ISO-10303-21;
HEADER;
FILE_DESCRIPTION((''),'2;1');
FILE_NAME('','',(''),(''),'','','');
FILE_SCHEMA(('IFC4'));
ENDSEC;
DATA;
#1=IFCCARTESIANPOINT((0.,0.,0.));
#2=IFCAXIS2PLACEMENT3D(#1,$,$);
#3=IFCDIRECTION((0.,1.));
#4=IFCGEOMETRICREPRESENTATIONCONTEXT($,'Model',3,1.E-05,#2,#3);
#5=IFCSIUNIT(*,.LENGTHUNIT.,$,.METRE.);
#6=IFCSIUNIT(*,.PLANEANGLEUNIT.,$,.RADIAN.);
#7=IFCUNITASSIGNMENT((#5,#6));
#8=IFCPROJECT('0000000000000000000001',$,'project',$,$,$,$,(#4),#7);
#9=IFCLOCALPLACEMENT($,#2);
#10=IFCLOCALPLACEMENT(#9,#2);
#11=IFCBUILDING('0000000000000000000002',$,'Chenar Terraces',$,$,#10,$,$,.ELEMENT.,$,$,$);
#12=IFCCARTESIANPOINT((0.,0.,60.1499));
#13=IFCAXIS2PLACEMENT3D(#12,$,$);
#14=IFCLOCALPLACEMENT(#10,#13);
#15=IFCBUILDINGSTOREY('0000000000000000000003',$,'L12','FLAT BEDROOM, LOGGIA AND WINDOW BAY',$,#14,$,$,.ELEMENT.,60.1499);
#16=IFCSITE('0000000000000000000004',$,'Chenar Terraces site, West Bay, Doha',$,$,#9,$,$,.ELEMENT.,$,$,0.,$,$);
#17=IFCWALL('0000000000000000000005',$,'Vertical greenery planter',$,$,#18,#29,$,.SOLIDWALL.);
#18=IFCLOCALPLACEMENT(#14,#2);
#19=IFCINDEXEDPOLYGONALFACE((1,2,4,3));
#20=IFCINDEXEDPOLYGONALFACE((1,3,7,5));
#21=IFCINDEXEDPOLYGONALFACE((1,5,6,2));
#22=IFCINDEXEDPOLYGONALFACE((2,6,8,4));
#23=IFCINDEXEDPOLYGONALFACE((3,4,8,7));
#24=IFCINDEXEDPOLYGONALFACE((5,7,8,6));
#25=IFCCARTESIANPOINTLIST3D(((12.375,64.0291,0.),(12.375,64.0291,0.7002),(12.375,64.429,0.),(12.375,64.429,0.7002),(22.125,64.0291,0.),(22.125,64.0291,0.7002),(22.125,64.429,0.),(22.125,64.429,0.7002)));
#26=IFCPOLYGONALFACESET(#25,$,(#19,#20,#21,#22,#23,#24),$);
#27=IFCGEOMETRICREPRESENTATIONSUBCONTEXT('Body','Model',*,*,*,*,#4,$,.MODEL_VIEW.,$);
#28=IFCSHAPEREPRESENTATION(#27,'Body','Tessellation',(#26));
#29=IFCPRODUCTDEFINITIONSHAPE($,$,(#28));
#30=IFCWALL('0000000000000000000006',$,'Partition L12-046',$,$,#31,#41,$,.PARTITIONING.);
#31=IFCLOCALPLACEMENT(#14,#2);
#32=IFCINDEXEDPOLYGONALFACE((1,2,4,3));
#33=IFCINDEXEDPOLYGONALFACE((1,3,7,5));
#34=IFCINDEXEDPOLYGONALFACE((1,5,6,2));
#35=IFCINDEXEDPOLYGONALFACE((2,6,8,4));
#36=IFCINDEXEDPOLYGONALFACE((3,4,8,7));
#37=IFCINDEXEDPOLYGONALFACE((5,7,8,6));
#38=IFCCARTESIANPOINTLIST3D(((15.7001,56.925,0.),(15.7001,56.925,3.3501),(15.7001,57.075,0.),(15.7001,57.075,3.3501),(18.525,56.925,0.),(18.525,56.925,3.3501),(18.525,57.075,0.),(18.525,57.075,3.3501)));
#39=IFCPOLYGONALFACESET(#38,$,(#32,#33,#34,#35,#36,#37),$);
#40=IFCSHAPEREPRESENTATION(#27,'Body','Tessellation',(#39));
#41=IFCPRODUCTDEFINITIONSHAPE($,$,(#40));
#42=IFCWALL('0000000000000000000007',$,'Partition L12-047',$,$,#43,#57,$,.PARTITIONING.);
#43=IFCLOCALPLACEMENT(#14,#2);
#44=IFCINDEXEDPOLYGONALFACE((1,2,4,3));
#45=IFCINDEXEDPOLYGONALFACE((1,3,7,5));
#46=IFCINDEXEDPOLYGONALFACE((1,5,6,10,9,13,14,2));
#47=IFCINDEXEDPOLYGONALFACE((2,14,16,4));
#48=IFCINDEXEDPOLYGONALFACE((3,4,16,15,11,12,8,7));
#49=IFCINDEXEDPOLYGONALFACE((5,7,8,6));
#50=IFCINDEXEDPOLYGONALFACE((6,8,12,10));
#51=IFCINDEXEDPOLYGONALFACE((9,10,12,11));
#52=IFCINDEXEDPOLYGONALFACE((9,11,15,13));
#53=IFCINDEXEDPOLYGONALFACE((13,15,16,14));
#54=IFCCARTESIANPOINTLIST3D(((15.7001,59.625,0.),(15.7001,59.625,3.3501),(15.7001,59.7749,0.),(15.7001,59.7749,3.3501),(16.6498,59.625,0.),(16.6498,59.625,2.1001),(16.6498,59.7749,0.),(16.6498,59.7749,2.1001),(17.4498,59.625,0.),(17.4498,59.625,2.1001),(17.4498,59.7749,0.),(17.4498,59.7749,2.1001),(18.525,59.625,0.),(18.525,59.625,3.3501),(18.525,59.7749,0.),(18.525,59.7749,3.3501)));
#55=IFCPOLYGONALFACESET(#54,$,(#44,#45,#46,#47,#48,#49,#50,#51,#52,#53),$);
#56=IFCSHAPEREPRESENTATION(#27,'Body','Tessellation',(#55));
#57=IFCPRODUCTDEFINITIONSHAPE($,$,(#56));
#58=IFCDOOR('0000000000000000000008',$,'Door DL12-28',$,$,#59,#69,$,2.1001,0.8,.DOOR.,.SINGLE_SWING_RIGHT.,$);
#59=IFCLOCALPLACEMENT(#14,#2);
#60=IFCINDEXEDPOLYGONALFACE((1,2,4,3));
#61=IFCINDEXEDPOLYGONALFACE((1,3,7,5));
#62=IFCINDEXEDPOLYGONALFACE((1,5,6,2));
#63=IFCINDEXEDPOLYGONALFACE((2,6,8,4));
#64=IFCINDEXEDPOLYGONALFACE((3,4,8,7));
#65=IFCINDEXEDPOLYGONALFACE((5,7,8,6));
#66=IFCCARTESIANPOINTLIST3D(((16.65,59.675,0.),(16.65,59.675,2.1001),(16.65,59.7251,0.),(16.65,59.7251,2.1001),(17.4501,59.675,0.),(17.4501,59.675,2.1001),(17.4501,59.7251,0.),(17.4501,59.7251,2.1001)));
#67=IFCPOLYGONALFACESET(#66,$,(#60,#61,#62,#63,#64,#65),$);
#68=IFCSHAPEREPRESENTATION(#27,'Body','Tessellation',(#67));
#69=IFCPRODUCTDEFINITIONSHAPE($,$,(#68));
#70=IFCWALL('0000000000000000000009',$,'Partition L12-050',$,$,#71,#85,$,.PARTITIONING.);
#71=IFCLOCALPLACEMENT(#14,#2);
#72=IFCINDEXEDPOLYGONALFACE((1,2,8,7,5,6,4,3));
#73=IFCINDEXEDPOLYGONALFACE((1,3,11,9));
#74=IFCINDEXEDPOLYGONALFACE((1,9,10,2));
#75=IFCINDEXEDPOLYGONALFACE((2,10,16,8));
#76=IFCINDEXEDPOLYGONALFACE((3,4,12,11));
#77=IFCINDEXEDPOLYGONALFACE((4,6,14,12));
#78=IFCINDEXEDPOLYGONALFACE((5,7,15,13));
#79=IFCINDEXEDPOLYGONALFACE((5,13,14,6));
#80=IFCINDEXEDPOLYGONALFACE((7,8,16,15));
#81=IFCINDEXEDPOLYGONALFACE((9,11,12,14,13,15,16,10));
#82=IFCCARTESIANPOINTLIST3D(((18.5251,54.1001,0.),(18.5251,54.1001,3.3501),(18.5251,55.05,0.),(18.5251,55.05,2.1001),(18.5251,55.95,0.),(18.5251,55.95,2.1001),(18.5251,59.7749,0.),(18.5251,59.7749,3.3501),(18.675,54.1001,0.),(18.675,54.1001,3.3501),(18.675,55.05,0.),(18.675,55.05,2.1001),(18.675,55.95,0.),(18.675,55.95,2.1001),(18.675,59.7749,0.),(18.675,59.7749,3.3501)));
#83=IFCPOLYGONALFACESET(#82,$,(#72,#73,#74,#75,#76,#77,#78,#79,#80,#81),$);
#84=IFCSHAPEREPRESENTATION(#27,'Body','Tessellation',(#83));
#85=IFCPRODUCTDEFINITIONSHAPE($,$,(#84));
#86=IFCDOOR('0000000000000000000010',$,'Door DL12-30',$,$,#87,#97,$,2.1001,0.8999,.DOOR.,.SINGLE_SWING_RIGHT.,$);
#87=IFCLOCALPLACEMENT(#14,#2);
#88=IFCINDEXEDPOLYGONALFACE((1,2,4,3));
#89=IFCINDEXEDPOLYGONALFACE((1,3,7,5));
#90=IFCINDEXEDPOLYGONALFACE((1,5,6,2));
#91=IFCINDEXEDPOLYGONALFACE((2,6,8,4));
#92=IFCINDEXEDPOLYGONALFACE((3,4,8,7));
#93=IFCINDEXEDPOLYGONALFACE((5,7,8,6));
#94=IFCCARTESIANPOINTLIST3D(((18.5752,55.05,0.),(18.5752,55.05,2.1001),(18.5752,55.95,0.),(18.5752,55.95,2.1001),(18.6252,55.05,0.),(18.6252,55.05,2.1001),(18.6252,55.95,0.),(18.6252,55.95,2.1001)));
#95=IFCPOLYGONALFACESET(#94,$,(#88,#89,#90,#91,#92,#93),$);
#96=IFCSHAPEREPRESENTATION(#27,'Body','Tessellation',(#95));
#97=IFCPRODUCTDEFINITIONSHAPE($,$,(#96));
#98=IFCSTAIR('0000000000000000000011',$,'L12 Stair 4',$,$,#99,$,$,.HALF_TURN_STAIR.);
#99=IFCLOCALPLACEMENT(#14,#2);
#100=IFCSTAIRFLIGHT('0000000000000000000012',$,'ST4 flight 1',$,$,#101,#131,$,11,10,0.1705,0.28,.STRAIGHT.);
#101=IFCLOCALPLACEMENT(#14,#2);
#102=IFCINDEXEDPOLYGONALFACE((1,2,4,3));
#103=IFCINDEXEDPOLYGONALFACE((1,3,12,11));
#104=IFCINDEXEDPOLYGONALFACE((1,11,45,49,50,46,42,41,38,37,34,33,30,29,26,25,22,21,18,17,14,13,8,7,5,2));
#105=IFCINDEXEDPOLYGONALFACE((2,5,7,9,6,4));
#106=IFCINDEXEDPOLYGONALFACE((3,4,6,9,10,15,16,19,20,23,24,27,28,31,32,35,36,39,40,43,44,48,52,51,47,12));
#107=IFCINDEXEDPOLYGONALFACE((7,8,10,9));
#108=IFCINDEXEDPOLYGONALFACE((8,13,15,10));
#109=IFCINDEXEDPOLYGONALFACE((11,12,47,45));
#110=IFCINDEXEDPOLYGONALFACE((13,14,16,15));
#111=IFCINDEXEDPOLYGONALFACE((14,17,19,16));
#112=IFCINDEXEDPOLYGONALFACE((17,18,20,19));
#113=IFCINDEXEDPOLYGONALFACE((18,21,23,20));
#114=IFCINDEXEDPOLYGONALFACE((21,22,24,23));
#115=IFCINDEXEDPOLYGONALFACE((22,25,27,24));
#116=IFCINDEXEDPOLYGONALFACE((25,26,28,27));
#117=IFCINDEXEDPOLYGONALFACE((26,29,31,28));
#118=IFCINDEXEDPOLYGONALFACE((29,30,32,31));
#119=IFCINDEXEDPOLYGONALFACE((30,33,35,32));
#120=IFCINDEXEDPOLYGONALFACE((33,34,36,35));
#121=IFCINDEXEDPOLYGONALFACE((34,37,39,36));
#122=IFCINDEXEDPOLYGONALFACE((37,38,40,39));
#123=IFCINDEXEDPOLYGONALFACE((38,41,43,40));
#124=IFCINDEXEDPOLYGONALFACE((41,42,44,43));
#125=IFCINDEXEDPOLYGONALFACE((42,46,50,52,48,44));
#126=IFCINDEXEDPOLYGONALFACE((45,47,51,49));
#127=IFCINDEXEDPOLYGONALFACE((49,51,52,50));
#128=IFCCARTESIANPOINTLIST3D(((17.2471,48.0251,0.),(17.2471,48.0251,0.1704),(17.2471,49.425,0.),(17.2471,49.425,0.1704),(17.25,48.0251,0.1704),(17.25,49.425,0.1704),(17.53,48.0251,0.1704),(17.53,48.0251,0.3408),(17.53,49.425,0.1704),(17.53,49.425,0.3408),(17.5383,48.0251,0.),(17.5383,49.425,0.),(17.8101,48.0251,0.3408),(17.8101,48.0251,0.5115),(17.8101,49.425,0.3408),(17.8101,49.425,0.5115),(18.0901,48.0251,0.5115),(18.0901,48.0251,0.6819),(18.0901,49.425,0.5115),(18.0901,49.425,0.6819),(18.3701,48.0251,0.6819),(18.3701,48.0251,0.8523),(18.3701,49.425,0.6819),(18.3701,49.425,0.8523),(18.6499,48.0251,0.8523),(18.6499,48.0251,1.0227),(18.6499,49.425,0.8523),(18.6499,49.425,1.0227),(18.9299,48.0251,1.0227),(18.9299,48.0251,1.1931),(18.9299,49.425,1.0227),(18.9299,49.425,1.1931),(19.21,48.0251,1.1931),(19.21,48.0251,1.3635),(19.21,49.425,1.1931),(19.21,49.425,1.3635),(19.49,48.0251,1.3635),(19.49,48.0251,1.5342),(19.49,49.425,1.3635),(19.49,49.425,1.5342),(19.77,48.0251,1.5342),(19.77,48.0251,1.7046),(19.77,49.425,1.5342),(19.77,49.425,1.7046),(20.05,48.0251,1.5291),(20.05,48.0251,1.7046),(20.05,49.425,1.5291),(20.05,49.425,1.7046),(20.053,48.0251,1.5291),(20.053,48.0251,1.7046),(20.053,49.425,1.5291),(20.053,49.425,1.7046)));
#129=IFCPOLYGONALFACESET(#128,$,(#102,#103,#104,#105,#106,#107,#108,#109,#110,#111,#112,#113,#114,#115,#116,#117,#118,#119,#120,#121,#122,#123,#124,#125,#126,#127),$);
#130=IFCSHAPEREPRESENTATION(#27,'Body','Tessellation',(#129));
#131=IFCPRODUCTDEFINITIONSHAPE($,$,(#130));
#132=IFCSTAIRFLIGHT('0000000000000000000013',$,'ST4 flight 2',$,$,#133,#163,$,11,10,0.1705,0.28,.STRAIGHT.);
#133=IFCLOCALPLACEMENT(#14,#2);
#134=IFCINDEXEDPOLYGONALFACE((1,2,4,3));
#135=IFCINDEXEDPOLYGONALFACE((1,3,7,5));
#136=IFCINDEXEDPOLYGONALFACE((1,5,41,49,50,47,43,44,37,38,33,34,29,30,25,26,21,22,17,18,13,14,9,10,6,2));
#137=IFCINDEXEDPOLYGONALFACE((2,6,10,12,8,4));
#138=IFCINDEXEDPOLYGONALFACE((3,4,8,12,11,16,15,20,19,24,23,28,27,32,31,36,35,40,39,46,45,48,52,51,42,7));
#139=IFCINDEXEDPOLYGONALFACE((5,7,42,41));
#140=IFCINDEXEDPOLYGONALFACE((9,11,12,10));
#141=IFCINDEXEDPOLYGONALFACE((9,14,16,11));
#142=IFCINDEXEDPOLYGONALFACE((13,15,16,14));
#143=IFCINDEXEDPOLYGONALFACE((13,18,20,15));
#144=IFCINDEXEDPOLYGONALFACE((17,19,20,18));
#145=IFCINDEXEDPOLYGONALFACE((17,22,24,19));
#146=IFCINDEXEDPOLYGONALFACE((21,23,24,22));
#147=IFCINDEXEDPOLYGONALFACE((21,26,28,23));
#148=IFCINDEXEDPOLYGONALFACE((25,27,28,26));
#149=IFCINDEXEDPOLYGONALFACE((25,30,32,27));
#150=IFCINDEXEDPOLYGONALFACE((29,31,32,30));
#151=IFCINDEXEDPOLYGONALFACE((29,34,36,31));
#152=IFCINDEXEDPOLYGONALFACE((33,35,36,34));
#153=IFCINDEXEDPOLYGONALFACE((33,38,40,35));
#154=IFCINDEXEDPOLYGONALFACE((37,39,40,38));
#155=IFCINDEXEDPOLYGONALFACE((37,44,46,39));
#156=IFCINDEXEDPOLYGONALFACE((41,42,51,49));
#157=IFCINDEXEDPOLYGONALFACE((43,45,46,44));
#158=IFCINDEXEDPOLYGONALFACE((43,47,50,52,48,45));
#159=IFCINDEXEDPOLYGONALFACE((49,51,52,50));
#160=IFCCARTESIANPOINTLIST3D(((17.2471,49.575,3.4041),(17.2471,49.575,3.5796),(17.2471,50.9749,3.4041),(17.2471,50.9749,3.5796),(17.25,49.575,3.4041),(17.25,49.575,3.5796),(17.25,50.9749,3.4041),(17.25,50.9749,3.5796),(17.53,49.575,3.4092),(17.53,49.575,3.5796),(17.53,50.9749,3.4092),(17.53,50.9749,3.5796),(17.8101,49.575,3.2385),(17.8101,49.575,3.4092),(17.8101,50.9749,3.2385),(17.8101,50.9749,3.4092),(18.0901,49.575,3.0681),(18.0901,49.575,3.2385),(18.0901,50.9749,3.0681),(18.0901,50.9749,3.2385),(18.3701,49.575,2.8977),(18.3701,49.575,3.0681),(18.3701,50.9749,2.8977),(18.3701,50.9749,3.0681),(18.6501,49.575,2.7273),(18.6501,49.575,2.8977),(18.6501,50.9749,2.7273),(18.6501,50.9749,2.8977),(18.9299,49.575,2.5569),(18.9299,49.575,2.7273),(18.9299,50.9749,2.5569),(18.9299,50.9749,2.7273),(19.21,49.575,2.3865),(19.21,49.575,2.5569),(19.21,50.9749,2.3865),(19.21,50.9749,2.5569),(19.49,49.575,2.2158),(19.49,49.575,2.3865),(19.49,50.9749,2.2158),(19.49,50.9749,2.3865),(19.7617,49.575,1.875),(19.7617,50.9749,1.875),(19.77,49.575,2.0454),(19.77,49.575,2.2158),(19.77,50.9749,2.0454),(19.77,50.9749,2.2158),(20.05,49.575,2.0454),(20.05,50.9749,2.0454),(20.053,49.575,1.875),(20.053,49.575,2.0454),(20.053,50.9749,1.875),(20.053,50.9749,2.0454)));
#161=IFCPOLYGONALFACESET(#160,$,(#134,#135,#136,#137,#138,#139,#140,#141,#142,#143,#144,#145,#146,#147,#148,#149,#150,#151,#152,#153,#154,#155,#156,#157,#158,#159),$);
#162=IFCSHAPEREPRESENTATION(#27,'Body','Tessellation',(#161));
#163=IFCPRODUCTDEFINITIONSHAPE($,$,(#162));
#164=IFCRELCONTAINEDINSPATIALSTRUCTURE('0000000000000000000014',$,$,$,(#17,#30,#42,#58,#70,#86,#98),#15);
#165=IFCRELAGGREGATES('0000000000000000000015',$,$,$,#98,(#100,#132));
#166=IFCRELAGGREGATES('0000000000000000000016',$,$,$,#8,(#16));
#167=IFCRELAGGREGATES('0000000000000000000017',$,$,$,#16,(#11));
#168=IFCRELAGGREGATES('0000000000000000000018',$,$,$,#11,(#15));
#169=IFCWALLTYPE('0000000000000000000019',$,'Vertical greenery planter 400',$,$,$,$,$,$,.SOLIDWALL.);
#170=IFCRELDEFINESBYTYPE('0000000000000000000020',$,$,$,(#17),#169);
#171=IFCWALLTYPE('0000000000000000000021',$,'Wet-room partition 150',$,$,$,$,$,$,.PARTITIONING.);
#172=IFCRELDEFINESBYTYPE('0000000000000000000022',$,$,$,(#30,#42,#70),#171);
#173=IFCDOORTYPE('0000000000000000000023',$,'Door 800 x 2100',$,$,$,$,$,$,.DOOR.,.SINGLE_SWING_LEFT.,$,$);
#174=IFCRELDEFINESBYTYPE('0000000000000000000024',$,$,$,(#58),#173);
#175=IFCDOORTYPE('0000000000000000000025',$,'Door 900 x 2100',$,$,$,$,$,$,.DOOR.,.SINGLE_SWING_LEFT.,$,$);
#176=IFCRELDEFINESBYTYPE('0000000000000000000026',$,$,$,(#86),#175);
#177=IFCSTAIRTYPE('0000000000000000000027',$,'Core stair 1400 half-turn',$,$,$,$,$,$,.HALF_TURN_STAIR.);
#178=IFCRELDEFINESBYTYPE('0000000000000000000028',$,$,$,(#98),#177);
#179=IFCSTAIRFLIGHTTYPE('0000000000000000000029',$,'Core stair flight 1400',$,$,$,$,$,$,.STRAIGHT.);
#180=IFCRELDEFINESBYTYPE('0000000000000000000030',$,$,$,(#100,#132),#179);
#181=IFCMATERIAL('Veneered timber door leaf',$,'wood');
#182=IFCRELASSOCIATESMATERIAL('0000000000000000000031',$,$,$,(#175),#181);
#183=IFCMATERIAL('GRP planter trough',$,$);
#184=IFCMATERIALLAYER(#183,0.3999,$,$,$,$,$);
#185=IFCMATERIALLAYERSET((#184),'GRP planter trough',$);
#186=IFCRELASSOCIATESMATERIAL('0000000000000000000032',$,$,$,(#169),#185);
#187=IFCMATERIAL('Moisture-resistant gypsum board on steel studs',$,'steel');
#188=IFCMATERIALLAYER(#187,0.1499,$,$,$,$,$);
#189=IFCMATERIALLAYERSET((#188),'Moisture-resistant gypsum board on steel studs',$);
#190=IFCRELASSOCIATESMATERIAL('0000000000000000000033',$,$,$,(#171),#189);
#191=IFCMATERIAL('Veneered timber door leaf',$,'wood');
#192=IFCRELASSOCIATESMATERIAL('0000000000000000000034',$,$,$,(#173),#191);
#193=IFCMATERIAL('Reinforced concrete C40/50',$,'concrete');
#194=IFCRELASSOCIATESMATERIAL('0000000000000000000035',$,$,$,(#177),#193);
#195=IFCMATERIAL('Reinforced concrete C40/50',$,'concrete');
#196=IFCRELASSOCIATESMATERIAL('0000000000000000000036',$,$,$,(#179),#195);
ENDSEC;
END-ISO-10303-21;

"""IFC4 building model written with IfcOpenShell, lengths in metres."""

from ifc_helpers import new_model, si_unit, direction, frame, frame_2d, origin, place, context, subcontext, project, spatial, polyline, rectangle, outline, extrude, material, layer, layer_set, type_object, element, fill, aggregate, save


model = new_model("IFC4")

# Units and contexts
model_context = context("Model", 3, precision=1e-05, world=origin(), true_north=direction((0.0, 1.0)))
body_context = subcontext(model_context, "Body", "Model", "MODEL_VIEW")
ifc_project = project(units=[si_unit("LENGTHUNIT", "METRE"), si_unit("PLANEANGLEUNIT", "RADIAN")], contexts=[model_context])

# Site, building, storey
site_placement = place(None, origin())
site = spatial("IfcSite", under=ifc_project, at=site_placement, Name="Chenar Terraces site, West Bay, Doha", CompositionType="ELEMENT", RefElevation=0.0)
building_placement = place(site_placement, origin())
building = spatial("IfcBuilding", under=site, at=building_placement, Name="Chenar Terraces", CompositionType="ELEMENT")
storey_placement = place(building_placement, frame((0.0, 0.0, 60.1499)))
storey = spatial("IfcBuildingStorey", under=building, at=storey_placement, Name="L12", Description="FLAT BEDROOM, LOGGIA AND WINDOW BAY", CompositionType="ELEMENT", Elevation=60.1499)

# Shared definitions
ifc_material_1 = material(Name="Veneered timber door leaf", Category="wood")
door_type_1 = type_object("IfcDoorType", Name="Door 900 x 2100", OperationType="SINGLE_SWING_LEFT", PredefinedType="DOOR", material=ifc_material_1)

# Walls
ifc_material_2 = material(Name="GRP planter trough")
ifc_layer_1 = layer(ifc_material_2, 0.3999)
ifc_layer_set_1 = layer_set([ifc_layer_1], Name="GRP planter trough")
wall_type_1 = type_object("IfcWallType", Name="Vertical greenery planter 400", PredefinedType="SOLIDWALL", material=ifc_layer_set_1)
wall_1_placement = place(storey_placement, frame((22.125, 64.229, 0.0), z_axis=(0.0, 0.0, 1.0), x_axis=(-1.0, 0.0, 0.0)))
element("IfcWall", 1, at=wall_1_placement, inside=storey, type_object=wall_type_1, Name="Vertical greenery planter", PredefinedType="SOLIDWALL", context=body_context, shape_type="SweptSolid", body=[
    extrude(rectangle(XDim=9.75, YDim=0.3999, at=frame_2d((4.875, 0.0))), origin(), (0.0, 0.0, 1.0), 0.7002),
])
ifc_material_3 = material(Name="Moisture-resistant gypsum board on steel studs", Category="steel")
ifc_layer_2 = layer(ifc_material_3, 0.1499)
ifc_layer_set_2 = layer_set([ifc_layer_2], Name="Moisture-resistant gypsum board on steel studs")
wall_type_2 = type_object("IfcWallType", Name="Wet-room partition 150", PredefinedType="PARTITIONING", material=ifc_layer_set_2)
wall_2_placement = place(storey_placement, frame((15.7, 57.0, 0.0), z_axis=(0.0, 0.0, 1.0), x_axis=(1.0, 0.0, 0.0)))
element("IfcWall", 2, at=wall_2_placement, inside=storey, type_object=wall_type_2, Name="Partition L12-046", PredefinedType="PARTITIONING", context=body_context, shape_type="SweptSolid", body=[
    extrude(rectangle(XDim=2.825, YDim=0.1499, at=frame_2d((1.4126, 0.0))), origin(), (0.0, 0.0, 1.0), 3.3501),
])

# Walls, openings, doors
wall_3_placement = place(storey_placement, frame((15.7, 59.7, 0.0), z_axis=(0.0, 0.0, 1.0), x_axis=(1.0, 0.0, 0.0)))
wall_3 = element("IfcWall", 3, at=wall_3_placement, inside=storey, type_object=wall_type_2, Name="Partition L12-047", PredefinedType="PARTITIONING", context=body_context, shape_type="SweptSolid", body=[
    extrude(rectangle(XDim=2.825, YDim=0.1499, at=frame_2d((1.4126, 0.0))), origin(), (0.0, 0.0, 1.0), 3.3501),
])
opening_1_placement = place(wall_3_placement, frame((0.95, 0.0, 0.0)))
opening_1 = element("IfcOpeningElement", 4, at=opening_1_placement, cuts=wall_3, PredefinedType="OPENING", context=body_context, shape_type="SweptSolid", body=[
    extrude(rectangle(XDim=0.8, YDim=2.1001, at=frame_2d((0.3999, 1.05))), frame((0.0, 0.085, 0.0), z_axis=(0.0, -1.0, 0.0), x_axis=(1.0, 0.0, 0.0)), (0.0, 0.0, 1.0), 0.1699),
])
ifc_material_4 = material(Name="Veneered timber door leaf", Category="wood")
door_type_2 = type_object("IfcDoorType", Name="Door 800 x 2100", OperationType="SINGLE_SWING_LEFT", PredefinedType="DOOR", material=ifc_material_4)
door_1_placement = place(opening_1_placement, frame((0.8, 0.0, 0.0), z_axis=(0.0, 0.0, 1.0), x_axis=(-1.0, 0.0, 0.0)))
door_1 = element("IfcDoor", 5, at=door_1_placement, inside=storey, type_object=door_type_2, Name="Door DL12-28", OperationType="SINGLE_SWING_RIGHT", OverallHeight=2.1001, OverallWidth=0.8, PredefinedType="DOOR", context=body_context, shape_type="SweptSolid", body=[
    extrude(rectangle(XDim=0.8, YDim=2.1001, at=frame_2d((0.3999, 1.05))), frame((0.0, 0.0249, 0.0), z_axis=(0.0, -1.0, 0.0), x_axis=(1.0, 0.0, 0.0)), (0.0, 0.0, 1.0), 0.05),
])
fill(opening_1, door_1)
wall_4_placement = place(storey_placement, frame((18.6001, 54.1001, 0.0), z_axis=(0.0, 0.0, 1.0), x_axis=(0.0, 1.0, 0.0)))
wall_4 = element("IfcWall", 6, at=wall_4_placement, inside=storey, type_object=wall_type_2, Name="Partition L12-050", PredefinedType="PARTITIONING", context=body_context, shape_type="SweptSolid", body=[
    extrude(rectangle(XDim=5.6748, YDim=0.1499, at=frame_2d((2.8374, 0.0))), origin(), (0.0, 0.0, 1.0), 3.3501),
])
opening_2_placement = place(wall_4_placement, frame((0.95, 0.0, 0.0)))
opening_2 = element("IfcOpeningElement", 7, at=opening_2_placement, cuts=wall_4, PredefinedType="OPENING", context=body_context, shape_type="SweptSolid", body=[
    extrude(rectangle(XDim=0.8999, YDim=2.1001, at=frame_2d((0.45, 1.05))), frame((0.0, 0.085, 0.0), z_axis=(0.0, -1.0, 0.0), x_axis=(1.0, 0.0, 0.0)), (0.0, 0.0, 1.0), 0.1699),
])
door_2_placement = place(opening_2_placement, origin())
door_2 = element("IfcDoor", 8, at=door_2_placement, inside=storey, type_object=door_type_1, Name="Door DL12-30", OperationType="SINGLE_SWING_RIGHT", OverallHeight=2.1001, OverallWidth=0.8999, PredefinedType="DOOR", context=body_context, shape_type="SweptSolid", body=[
    extrude(rectangle(XDim=0.8999, YDim=2.1001, at=frame_2d((0.45, 1.05))), frame((0.0, 0.0249, 0.0), z_axis=(0.0, -1.0, 0.0), x_axis=(1.0, 0.0, 0.0)), (0.0, 0.0, 1.0), 0.05),
])
fill(opening_2, door_2)

# Stair, stair flights
ifc_material_5 = material(Name="Reinforced concrete C40/50", Category="concrete")
stair_type = type_object("IfcStairType", Name="Core stair 1400 half-turn", PredefinedType="HALF_TURN_STAIR", material=ifc_material_5)
stair_placement = place(storey_placement, origin())
stair = element("IfcStair", 9, at=stair_placement, inside=storey, type_object=stair_type, Name="L12 Stair 4", PredefinedType="HALF_TURN_STAIR")
ifc_material_6 = material(Name="Reinforced concrete C40/50", Category="concrete")
stair_flight_type = type_object("IfcStairFlightType", Name="Core stair flight 1400", PredefinedType="STRAIGHT", material=ifc_material_6)
stair_flight_1_placement = place(storey_placement, frame((17.25, 48.7251, 0.0), z_axis=(0.0, 0.0, 1.0), x_axis=(1.0, 0.0, 0.0)))
stair_flight_1 = element("IfcStairFlight", 10, at=stair_flight_1_placement, type_object=stair_flight_type, Name="ST4 flight 1", NumberOfRisers=11, NumberOfTreads=10, PredefinedType="STRAIGHT", RiserHeight=0.1705, TreadLength=0.28, context=body_context, shape_type="SweptSolid", body=[
    extrude(outline(polyline([(-0.0029, 0.0), (-0.0029, 0.1704), (0.0, 0.1704), (0.28, 0.1704), (0.28, 0.3408), (0.5601, 0.3408), (0.5601, 0.5115), (0.8401, 0.5115), (0.8401, 0.6819), (1.1201, 0.6819), (1.1201, 0.8523), (1.3999, 0.8523), (1.3999, 1.0227), (1.6799, 1.0227), (1.6799, 1.1931), (1.96, 1.1931), (1.96, 1.3635), (2.24, 1.3635), (2.24, 1.5342), (2.52, 1.5342), (2.52, 1.7046), (2.8, 1.7046), (2.803, 1.7046), (2.803, 1.5291), (2.8, 1.5291), (0.2883, 0.0), (-0.0029, 0.0)])), frame((0.0, 0.7, 0.0), z_axis=(0.0, -1.0, 0.0), x_axis=(1.0, 0.0, 0.0)), (0.0, 0.0, 1.0), 1.3999),
])
stair_flight_2_placement = place(storey_placement, frame((20.05, 50.2749, 1.875), z_axis=(0.0, 0.0, 1.0), x_axis=(-1.0, 0.0, 0.0)))
stair_flight_2 = element("IfcStairFlight", 11, at=stair_flight_2_placement, type_object=stair_flight_type, Name="ST4 flight 2", NumberOfRisers=11, NumberOfTreads=10, PredefinedType="STRAIGHT", RiserHeight=0.1705, TreadLength=0.28, context=body_context, shape_type="SweptSolid", body=[
    extrude(outline(polyline([(-0.0029, 0.0), (-0.0029, 0.1704), (0.0, 0.1704), (0.28, 0.1704), (0.28, 0.3408), (0.5601, 0.3408), (0.5601, 0.5115), (0.8401, 0.5115), (0.8401, 0.6819), (1.1201, 0.6819), (1.1201, 0.8523), (1.3999, 0.8523), (1.3999, 1.0227), (1.6799, 1.0227), (1.6799, 1.1931), (1.96, 1.1931), (1.96, 1.3635), (2.24, 1.3635), (2.24, 1.5342), (2.52, 1.5342), (2.52, 1.7046), (2.8, 1.7046), (2.803, 1.7046), (2.803, 1.5291), (2.8, 1.5291), (0.2883, 0.0), (-0.0029, 0.0)])), frame((0.0, 0.7, 0.0), z_axis=(0.0, -1.0, 0.0), x_axis=(1.0, 0.0, 0.0)), (0.0, 0.0, 1.0), 1.3999),
])
aggregate(stair, [stair_flight_1, stair_flight_2])

save(model, "model.ifc")
